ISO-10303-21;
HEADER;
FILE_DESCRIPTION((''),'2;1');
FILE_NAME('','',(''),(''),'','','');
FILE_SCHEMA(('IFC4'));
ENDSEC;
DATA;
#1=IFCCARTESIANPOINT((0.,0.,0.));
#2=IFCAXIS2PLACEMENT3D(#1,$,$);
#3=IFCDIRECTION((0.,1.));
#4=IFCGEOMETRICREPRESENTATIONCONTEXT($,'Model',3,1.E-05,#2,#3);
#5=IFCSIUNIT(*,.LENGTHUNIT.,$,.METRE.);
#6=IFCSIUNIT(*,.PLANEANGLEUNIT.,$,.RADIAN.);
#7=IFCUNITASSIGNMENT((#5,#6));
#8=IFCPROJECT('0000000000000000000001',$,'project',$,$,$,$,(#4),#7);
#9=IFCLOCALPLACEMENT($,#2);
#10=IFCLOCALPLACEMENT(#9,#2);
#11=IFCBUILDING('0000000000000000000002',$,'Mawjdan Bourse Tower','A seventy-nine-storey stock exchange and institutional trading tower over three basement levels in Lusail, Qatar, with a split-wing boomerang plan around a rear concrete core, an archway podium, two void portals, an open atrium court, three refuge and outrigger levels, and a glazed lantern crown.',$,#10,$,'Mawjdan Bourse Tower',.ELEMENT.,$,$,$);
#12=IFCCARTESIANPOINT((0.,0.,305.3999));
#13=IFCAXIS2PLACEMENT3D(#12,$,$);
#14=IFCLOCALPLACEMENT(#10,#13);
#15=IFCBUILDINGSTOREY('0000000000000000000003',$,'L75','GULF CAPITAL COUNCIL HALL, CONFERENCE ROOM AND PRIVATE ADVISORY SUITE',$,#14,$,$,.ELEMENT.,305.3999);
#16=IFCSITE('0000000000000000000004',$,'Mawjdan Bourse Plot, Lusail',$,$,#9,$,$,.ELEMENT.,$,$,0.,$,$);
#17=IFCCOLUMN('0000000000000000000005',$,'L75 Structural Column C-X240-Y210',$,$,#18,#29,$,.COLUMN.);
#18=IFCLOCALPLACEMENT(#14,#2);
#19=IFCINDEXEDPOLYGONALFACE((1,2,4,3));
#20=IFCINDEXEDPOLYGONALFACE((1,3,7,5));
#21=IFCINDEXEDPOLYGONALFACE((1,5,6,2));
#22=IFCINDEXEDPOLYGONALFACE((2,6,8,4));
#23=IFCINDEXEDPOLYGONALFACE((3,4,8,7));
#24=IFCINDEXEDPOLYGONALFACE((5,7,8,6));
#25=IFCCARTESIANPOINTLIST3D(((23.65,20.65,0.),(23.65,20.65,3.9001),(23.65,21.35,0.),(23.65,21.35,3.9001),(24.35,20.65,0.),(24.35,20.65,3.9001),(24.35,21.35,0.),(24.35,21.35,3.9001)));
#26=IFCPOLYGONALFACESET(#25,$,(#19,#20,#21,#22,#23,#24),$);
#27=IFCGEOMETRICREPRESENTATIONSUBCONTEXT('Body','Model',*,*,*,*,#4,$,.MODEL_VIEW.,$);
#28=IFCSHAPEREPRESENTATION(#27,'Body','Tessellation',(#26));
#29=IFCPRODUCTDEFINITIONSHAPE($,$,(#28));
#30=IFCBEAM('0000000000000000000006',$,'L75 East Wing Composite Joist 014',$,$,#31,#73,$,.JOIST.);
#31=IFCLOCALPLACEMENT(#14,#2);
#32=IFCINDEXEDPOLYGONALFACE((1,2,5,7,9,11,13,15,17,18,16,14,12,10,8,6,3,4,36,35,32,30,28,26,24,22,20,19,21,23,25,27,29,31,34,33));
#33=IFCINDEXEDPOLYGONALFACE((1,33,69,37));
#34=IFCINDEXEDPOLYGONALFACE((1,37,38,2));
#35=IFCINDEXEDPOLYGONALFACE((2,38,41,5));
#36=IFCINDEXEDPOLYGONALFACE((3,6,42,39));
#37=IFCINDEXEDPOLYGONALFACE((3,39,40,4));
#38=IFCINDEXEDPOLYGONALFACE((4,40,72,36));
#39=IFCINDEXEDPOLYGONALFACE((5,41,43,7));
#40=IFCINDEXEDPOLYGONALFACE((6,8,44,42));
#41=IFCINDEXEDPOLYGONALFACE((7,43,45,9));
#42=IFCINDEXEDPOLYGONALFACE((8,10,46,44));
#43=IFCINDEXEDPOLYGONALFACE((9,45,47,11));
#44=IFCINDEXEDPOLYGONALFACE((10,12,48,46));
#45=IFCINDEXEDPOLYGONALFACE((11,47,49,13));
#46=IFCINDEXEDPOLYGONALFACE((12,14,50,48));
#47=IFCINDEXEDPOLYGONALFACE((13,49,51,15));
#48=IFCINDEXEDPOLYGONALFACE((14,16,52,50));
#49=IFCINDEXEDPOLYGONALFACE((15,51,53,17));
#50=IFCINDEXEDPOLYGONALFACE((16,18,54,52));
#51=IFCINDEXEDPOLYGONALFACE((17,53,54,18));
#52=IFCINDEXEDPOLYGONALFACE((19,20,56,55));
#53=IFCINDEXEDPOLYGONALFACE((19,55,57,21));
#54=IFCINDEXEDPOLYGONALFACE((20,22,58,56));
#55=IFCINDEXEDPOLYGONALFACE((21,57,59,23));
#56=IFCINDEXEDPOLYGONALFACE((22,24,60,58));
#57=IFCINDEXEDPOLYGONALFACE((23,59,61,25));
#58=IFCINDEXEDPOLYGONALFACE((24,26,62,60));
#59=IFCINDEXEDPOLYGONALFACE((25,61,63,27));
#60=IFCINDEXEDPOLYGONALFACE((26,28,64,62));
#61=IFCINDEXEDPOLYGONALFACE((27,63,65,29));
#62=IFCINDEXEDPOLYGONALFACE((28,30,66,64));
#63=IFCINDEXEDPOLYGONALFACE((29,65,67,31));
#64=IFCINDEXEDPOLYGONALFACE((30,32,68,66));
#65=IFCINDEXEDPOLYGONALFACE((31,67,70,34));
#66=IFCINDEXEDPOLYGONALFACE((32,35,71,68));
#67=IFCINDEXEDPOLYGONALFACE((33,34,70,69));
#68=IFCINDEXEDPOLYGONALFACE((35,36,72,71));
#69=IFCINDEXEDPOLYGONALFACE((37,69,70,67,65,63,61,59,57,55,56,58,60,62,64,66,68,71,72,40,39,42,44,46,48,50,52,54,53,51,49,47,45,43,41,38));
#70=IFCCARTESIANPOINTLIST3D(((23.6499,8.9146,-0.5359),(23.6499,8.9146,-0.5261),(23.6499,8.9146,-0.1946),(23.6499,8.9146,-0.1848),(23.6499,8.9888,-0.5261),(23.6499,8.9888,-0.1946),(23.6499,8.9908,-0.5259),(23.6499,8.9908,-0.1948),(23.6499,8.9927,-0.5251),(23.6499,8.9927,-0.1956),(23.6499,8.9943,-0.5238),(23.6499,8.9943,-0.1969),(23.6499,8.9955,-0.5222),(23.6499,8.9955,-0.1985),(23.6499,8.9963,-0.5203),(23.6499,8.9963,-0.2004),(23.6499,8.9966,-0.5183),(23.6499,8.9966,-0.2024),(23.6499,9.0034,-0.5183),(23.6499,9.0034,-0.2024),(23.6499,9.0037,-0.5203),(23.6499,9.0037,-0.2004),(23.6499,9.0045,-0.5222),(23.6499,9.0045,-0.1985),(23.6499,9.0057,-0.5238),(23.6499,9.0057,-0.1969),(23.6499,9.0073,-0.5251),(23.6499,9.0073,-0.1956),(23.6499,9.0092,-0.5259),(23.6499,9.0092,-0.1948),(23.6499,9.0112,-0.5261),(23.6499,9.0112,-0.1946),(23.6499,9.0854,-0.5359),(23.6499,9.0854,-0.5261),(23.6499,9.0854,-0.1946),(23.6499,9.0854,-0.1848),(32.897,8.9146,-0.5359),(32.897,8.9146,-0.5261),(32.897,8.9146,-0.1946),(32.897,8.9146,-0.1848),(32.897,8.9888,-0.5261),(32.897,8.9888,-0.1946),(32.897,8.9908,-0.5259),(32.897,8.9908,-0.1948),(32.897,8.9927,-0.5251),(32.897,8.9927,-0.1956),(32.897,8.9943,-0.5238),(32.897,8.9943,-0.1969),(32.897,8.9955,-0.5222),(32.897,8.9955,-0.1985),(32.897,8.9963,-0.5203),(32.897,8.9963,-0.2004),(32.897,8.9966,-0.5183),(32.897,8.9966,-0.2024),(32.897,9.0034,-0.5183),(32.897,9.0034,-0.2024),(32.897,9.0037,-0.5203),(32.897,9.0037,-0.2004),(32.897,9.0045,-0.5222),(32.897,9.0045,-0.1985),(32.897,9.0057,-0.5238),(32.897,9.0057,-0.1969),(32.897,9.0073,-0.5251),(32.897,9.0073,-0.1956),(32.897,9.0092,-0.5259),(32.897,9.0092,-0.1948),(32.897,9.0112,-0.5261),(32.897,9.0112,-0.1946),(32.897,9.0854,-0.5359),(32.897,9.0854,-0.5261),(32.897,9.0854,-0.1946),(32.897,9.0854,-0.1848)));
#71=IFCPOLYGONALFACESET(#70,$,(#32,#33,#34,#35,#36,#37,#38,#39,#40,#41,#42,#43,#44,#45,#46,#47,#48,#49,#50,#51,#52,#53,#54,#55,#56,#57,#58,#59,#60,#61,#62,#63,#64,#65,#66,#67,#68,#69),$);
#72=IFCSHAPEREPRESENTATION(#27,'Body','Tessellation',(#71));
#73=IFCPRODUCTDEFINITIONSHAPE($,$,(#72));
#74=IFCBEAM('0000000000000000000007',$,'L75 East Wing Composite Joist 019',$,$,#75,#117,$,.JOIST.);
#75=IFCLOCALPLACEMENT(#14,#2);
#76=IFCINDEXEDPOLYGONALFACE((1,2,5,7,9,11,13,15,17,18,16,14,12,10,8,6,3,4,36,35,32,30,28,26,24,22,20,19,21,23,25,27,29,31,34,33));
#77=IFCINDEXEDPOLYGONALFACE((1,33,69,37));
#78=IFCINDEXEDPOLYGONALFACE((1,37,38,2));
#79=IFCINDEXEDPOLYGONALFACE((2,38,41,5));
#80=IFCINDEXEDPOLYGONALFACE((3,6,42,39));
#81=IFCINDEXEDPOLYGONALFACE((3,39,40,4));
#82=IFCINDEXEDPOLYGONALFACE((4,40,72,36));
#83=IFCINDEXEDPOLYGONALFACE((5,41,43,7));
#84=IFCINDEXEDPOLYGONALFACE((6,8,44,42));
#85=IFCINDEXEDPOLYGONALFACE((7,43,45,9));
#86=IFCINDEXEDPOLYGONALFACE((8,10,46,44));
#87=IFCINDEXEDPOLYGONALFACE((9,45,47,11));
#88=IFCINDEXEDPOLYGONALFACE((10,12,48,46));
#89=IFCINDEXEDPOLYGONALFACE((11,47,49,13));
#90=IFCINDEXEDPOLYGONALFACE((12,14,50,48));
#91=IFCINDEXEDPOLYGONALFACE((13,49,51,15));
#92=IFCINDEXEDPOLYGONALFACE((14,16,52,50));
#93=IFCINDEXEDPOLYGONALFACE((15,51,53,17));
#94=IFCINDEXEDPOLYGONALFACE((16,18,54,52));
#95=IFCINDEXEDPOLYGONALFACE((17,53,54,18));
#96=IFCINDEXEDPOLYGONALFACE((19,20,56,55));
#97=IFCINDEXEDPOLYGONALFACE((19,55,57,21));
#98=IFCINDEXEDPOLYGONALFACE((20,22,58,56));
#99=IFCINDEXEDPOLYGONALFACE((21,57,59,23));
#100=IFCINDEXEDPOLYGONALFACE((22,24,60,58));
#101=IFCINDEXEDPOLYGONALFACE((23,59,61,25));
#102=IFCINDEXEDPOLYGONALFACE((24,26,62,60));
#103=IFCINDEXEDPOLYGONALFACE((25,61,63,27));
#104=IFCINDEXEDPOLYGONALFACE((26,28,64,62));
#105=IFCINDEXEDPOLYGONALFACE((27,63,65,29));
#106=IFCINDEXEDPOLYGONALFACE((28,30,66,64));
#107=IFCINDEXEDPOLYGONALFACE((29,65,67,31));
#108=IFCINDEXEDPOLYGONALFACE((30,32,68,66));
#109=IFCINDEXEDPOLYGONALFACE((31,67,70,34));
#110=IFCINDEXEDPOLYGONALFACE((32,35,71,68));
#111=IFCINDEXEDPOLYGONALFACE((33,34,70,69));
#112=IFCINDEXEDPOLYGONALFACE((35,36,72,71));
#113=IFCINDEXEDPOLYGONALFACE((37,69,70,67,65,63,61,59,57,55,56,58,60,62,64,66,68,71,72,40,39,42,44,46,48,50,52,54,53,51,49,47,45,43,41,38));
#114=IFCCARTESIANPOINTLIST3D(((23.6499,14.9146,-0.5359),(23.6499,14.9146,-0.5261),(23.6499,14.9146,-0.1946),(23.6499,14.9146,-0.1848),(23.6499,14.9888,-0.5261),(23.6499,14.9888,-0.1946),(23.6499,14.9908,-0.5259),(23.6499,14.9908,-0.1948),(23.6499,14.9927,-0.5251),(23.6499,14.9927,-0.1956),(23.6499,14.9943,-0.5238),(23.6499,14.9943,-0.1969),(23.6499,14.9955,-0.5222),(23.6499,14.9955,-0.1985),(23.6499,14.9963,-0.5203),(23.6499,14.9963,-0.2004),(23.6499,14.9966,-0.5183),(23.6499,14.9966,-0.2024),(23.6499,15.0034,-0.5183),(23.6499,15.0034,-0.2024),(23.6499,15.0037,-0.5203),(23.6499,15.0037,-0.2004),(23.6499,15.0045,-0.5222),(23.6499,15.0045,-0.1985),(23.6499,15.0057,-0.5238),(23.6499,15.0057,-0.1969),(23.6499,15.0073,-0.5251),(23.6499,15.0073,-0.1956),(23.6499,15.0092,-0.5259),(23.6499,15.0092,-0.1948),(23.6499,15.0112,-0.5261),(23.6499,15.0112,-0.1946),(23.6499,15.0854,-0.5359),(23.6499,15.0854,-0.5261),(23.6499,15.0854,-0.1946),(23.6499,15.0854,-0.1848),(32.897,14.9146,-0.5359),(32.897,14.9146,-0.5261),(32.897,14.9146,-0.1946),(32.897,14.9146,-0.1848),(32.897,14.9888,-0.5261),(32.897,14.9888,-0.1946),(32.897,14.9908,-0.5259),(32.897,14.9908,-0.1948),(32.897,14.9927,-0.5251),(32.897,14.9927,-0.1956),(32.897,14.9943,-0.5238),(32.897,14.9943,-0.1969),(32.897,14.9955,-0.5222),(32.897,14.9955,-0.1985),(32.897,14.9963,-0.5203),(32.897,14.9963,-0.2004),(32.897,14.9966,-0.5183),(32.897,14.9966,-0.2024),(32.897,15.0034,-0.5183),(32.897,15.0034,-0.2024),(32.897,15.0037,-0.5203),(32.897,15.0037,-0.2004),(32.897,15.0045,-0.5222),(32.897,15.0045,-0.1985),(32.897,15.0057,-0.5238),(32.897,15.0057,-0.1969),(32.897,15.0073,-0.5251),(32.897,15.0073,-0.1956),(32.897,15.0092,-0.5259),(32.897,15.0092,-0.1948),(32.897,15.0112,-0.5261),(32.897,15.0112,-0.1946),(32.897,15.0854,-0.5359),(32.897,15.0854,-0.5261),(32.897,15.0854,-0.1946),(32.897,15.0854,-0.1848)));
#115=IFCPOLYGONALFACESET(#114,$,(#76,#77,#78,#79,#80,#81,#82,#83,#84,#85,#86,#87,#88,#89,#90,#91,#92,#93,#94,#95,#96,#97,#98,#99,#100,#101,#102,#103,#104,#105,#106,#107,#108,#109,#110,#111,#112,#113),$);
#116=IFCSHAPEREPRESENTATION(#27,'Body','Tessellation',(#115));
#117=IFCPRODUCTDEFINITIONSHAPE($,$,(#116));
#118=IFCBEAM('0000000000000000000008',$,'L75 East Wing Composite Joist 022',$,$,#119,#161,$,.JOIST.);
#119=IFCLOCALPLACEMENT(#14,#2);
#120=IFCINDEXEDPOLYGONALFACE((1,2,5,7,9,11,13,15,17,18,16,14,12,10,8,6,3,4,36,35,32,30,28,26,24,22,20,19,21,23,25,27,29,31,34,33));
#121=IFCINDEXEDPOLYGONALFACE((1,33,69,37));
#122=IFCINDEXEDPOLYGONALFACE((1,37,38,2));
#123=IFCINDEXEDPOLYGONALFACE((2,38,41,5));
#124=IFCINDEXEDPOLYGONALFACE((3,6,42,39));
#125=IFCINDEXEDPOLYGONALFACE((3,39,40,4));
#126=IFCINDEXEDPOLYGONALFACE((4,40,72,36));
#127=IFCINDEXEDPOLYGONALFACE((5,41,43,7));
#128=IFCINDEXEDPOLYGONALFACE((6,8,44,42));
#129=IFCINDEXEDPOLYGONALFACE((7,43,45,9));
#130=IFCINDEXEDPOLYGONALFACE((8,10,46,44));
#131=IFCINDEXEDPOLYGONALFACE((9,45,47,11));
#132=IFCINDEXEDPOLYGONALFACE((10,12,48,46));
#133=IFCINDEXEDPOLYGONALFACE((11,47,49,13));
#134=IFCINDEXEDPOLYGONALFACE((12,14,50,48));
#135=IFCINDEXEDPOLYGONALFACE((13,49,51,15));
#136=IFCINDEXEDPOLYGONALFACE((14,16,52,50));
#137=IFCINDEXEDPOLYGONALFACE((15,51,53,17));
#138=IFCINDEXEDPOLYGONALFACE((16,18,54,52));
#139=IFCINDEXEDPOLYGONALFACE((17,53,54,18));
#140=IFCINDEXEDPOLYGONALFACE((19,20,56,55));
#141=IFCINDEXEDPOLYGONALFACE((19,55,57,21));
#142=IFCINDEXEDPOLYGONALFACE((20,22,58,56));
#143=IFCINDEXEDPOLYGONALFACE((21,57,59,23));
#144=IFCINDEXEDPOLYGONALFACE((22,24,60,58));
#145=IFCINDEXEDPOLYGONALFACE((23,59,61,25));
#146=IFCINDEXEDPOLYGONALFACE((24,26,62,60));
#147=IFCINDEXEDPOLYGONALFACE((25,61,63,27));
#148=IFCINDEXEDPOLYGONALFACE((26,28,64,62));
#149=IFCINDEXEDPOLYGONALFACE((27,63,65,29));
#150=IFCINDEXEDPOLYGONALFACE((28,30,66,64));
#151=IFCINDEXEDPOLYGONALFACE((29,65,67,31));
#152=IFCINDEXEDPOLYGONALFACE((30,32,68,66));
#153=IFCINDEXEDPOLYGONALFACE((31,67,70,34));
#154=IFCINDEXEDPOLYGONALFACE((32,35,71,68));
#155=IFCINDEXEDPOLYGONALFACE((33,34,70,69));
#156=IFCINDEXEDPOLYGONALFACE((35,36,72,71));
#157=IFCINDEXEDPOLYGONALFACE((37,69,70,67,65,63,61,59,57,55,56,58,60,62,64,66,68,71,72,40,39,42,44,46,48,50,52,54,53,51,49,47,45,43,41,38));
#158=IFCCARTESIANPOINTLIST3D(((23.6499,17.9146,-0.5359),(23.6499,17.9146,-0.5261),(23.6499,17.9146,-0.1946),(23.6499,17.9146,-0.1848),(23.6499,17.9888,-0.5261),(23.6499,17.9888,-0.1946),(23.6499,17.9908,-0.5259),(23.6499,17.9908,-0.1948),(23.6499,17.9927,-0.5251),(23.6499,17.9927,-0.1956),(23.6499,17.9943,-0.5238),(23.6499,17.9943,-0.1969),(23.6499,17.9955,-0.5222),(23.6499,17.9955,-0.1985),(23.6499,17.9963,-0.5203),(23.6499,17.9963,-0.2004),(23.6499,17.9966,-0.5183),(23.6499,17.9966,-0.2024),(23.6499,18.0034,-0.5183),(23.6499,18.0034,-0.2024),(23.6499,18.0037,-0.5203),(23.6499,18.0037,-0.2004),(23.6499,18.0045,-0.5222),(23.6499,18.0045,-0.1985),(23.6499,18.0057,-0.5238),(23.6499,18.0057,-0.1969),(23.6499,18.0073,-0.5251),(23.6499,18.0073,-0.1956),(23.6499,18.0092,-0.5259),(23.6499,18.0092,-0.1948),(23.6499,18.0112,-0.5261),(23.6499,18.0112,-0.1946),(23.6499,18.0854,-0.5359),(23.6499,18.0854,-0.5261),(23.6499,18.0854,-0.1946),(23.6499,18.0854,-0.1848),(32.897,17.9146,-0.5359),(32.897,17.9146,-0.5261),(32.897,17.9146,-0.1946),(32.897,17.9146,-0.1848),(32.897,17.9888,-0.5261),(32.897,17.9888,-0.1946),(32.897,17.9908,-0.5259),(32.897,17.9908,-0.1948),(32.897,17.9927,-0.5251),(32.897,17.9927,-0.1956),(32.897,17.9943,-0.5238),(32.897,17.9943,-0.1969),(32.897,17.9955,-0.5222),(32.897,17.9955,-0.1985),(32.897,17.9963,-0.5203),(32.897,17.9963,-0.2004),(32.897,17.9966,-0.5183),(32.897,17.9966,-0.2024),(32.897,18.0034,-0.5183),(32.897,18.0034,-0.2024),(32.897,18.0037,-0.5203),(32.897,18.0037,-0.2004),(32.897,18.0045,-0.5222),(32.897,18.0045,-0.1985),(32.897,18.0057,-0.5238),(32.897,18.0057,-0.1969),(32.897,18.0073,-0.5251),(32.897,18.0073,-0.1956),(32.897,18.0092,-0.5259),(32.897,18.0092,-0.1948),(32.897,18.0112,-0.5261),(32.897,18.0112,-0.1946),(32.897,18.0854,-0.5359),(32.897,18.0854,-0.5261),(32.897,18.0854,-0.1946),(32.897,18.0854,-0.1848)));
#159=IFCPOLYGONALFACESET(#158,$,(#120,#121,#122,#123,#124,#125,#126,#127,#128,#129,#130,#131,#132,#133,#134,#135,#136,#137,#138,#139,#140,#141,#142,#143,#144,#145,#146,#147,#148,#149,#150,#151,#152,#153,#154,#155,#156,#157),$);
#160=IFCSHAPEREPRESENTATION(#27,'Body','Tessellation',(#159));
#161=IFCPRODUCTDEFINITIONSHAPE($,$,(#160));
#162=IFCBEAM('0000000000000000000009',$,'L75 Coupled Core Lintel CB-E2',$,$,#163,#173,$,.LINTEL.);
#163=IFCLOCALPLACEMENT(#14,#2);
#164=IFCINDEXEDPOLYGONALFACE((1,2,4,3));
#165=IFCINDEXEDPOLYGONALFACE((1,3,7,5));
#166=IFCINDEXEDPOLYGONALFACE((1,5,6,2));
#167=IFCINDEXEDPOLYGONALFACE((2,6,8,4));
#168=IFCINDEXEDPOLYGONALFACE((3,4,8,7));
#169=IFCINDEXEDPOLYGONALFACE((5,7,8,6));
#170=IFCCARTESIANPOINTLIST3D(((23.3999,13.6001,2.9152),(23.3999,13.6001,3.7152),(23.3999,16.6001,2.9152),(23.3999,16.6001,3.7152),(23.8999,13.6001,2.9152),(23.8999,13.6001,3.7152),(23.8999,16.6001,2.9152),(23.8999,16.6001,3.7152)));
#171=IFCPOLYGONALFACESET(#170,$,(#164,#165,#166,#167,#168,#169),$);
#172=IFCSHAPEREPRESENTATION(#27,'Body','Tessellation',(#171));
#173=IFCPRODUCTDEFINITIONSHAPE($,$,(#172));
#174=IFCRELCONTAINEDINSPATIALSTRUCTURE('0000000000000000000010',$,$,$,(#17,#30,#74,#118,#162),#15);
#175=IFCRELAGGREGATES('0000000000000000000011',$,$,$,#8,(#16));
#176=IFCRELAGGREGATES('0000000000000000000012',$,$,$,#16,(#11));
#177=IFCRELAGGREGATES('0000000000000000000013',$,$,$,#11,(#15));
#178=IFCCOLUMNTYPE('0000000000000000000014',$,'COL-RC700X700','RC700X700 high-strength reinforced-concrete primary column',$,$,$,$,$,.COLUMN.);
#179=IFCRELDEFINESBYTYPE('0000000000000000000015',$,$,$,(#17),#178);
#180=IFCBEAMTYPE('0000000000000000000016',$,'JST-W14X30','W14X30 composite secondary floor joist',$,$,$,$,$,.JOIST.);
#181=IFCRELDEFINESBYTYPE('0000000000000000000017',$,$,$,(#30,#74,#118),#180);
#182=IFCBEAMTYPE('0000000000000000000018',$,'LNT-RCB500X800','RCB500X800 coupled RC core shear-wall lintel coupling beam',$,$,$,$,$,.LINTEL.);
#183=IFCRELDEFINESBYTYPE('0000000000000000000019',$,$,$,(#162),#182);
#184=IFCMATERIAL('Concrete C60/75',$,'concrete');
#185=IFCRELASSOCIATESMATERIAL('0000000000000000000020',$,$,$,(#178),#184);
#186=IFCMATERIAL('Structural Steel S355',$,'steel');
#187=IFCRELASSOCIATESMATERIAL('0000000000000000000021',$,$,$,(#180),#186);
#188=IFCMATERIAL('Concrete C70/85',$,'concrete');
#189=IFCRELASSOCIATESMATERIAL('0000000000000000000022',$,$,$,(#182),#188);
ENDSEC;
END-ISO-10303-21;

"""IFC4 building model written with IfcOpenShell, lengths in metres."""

from ifc_helpers import new_model, si_unit, direction, frame, origin, origin_2d, place, context, subcontext, project, spatial, rectangle, i_section, extrude, material, material_profile, profile_set, type_object, element, save


model = new_model("IFC4")

# Units and contexts
model_context = context("Model", 3, precision=1e-05, world=origin(), true_north=direction((0.0, 1.0)))
body_context = subcontext(model_context, "Body", "Model", "MODEL_VIEW")
ifc_project = project(units=[si_unit("LENGTHUNIT", "METRE"), si_unit("PLANEANGLEUNIT", "RADIAN")], contexts=[model_context])

# Site, building, storey
site_placement = place(None, origin())
site = spatial("IfcSite", under=ifc_project, at=site_placement, Name="Mawjdan Bourse Plot, Lusail", CompositionType="ELEMENT", RefElevation=0.0)
building_placement = place(site_placement, origin())
building = spatial("IfcBuilding", under=site, at=building_placement, Name="Mawjdan Bourse Tower", Description="A seventy-nine-storey stock exchange and institutional trading tower over three basement levels in Lusail, Qatar, with a split-wing boomerang plan around a rear concrete core, an archway podium, two void portals, an open atrium court, three refuge and outrigger levels, and a glazed lantern crown.", LongName="Mawjdan Bourse Tower", CompositionType="ELEMENT")
storey_placement = place(building_placement, frame((0.0, 0.0, 305.3999)))
storey = spatial("IfcBuildingStorey", under=building, at=storey_placement, Name="L75", Description="GULF CAPITAL COUNCIL HALL, CONFERENCE ROOM AND PRIVATE ADVISORY SUITE", CompositionType="ELEMENT", Elevation=305.3999)

# Column
ifc_material_1 = material(Name="Concrete C60/75", Category="concrete")
ifc_material_profile_1 = material_profile(ifc_material_1, rectangle(XDim=0.7, YDim=0.7, at=origin_2d()), Name="RC700X700")
ifc_profile_set_1 = profile_set([ifc_material_profile_1], Name="Concrete C60/75")
column_type = type_object("IfcColumnType", Name="COL-RC700X700", Description="RC700X700 high-strength reinforced-concrete primary column", PredefinedType="COLUMN", material=ifc_profile_set_1)
column_placement = place(storey_placement, frame((24.0, 21.0, 0.0), z_axis=(0.0, 0.0, 1.0), x_axis=(1.0, 0.0, 0.0)))
element("IfcColumn", 1, at=column_placement, inside=storey, type_object=column_type, Name="L75 Structural Column C-X240-Y210", PredefinedType="COLUMN", context=body_context, shape_type="SweptSolid", body=[
    extrude(rectangle(XDim=0.7, YDim=0.7, at=origin_2d()), origin(), (0.0, 0.0, 1.0), 3.9001),
])

# Beams
ifc_material_2 = material(Name="Structural Steel S355", Category="steel")
ifc_material_profile_2 = material_profile(ifc_material_2, i_section(OverallWidth=0.1709, OverallDepth=0.3511, WebThickness=0.0068, FlangeThickness=0.0098, FilletRadius=0.0078, at=origin_2d()), Name="W14X30")
ifc_profile_set_2 = profile_set([ifc_material_profile_2], Name="Structural Steel S355")
beam_type_1 = type_object("IfcBeamType", Name="JST-W14X30", Description="W14X30 composite secondary floor joist", PredefinedType="JOIST", material=ifc_profile_set_2)
for number, where, z_axis, x_axis, name in (
    (2, (23.6499, 9.0, -0.3604), (1.0, 0.0, 0.0), (0.0, 1.0, 0.0), "L75 East Wing Composite Joist 014"),
    (3, (23.6499, 15.0, -0.3604), (1.0, 0.0, 0.0), (0.0, 1.0, 0.0), "L75 East Wing Composite Joist 019"),
    (4, (23.6499, 18.0, -0.3604), (1.0, 0.0, 0.0), (0.0, 1.0, 0.0), "L75 East Wing Composite Joist 022"),
):
    element("IfcBeam", number, at=place(storey_placement, frame(where, z_axis=z_axis, x_axis=x_axis)), inside=storey, type_object=beam_type_1, Name=name, PredefinedType="JOIST", context=body_context, shape_type="SweptSolid", body=[
        extrude(i_section(OverallWidth=0.1709, OverallDepth=0.3511, WebThickness=0.0068, FlangeThickness=0.0098, FilletRadius=0.0078, at=origin_2d()), origin(), (0.0, 0.0, 1.0), 9.2471),
    ])
ifc_material_3 = material(Name="Concrete C70/85", Category="concrete")
ifc_material_profile_3 = material_profile(ifc_material_3, rectangle(XDim=0.5, YDim=0.8, at=origin_2d()), Name="RCB500X800")
ifc_profile_set_3 = profile_set([ifc_material_profile_3], Name="Concrete C70/85")
beam_type_2 = type_object("IfcBeamType", Name="LNT-RCB500X800", Description="RCB500X800 coupled RC core shear-wall lintel coupling beam", PredefinedType="LINTEL", material=ifc_profile_set_3)
beam_1_placement = place(storey_placement, frame((23.6499, 13.6001, 3.3152), z_axis=(0.0, 1.0, 0.0), x_axis=(-1.0, 0.0, 0.0)))
element("IfcBeam", 5, at=beam_1_placement, inside=storey, type_object=beam_type_2, Name="L75 Coupled Core Lintel CB-E2", PredefinedType="LINTEL", context=body_context, shape_type="SweptSolid", body=[
    extrude(rectangle(XDim=0.5, YDim=0.8, at=origin_2d()), origin(), (0.0, 0.0, 1.0), 3.0),
])

save(model, "model.ifc")
